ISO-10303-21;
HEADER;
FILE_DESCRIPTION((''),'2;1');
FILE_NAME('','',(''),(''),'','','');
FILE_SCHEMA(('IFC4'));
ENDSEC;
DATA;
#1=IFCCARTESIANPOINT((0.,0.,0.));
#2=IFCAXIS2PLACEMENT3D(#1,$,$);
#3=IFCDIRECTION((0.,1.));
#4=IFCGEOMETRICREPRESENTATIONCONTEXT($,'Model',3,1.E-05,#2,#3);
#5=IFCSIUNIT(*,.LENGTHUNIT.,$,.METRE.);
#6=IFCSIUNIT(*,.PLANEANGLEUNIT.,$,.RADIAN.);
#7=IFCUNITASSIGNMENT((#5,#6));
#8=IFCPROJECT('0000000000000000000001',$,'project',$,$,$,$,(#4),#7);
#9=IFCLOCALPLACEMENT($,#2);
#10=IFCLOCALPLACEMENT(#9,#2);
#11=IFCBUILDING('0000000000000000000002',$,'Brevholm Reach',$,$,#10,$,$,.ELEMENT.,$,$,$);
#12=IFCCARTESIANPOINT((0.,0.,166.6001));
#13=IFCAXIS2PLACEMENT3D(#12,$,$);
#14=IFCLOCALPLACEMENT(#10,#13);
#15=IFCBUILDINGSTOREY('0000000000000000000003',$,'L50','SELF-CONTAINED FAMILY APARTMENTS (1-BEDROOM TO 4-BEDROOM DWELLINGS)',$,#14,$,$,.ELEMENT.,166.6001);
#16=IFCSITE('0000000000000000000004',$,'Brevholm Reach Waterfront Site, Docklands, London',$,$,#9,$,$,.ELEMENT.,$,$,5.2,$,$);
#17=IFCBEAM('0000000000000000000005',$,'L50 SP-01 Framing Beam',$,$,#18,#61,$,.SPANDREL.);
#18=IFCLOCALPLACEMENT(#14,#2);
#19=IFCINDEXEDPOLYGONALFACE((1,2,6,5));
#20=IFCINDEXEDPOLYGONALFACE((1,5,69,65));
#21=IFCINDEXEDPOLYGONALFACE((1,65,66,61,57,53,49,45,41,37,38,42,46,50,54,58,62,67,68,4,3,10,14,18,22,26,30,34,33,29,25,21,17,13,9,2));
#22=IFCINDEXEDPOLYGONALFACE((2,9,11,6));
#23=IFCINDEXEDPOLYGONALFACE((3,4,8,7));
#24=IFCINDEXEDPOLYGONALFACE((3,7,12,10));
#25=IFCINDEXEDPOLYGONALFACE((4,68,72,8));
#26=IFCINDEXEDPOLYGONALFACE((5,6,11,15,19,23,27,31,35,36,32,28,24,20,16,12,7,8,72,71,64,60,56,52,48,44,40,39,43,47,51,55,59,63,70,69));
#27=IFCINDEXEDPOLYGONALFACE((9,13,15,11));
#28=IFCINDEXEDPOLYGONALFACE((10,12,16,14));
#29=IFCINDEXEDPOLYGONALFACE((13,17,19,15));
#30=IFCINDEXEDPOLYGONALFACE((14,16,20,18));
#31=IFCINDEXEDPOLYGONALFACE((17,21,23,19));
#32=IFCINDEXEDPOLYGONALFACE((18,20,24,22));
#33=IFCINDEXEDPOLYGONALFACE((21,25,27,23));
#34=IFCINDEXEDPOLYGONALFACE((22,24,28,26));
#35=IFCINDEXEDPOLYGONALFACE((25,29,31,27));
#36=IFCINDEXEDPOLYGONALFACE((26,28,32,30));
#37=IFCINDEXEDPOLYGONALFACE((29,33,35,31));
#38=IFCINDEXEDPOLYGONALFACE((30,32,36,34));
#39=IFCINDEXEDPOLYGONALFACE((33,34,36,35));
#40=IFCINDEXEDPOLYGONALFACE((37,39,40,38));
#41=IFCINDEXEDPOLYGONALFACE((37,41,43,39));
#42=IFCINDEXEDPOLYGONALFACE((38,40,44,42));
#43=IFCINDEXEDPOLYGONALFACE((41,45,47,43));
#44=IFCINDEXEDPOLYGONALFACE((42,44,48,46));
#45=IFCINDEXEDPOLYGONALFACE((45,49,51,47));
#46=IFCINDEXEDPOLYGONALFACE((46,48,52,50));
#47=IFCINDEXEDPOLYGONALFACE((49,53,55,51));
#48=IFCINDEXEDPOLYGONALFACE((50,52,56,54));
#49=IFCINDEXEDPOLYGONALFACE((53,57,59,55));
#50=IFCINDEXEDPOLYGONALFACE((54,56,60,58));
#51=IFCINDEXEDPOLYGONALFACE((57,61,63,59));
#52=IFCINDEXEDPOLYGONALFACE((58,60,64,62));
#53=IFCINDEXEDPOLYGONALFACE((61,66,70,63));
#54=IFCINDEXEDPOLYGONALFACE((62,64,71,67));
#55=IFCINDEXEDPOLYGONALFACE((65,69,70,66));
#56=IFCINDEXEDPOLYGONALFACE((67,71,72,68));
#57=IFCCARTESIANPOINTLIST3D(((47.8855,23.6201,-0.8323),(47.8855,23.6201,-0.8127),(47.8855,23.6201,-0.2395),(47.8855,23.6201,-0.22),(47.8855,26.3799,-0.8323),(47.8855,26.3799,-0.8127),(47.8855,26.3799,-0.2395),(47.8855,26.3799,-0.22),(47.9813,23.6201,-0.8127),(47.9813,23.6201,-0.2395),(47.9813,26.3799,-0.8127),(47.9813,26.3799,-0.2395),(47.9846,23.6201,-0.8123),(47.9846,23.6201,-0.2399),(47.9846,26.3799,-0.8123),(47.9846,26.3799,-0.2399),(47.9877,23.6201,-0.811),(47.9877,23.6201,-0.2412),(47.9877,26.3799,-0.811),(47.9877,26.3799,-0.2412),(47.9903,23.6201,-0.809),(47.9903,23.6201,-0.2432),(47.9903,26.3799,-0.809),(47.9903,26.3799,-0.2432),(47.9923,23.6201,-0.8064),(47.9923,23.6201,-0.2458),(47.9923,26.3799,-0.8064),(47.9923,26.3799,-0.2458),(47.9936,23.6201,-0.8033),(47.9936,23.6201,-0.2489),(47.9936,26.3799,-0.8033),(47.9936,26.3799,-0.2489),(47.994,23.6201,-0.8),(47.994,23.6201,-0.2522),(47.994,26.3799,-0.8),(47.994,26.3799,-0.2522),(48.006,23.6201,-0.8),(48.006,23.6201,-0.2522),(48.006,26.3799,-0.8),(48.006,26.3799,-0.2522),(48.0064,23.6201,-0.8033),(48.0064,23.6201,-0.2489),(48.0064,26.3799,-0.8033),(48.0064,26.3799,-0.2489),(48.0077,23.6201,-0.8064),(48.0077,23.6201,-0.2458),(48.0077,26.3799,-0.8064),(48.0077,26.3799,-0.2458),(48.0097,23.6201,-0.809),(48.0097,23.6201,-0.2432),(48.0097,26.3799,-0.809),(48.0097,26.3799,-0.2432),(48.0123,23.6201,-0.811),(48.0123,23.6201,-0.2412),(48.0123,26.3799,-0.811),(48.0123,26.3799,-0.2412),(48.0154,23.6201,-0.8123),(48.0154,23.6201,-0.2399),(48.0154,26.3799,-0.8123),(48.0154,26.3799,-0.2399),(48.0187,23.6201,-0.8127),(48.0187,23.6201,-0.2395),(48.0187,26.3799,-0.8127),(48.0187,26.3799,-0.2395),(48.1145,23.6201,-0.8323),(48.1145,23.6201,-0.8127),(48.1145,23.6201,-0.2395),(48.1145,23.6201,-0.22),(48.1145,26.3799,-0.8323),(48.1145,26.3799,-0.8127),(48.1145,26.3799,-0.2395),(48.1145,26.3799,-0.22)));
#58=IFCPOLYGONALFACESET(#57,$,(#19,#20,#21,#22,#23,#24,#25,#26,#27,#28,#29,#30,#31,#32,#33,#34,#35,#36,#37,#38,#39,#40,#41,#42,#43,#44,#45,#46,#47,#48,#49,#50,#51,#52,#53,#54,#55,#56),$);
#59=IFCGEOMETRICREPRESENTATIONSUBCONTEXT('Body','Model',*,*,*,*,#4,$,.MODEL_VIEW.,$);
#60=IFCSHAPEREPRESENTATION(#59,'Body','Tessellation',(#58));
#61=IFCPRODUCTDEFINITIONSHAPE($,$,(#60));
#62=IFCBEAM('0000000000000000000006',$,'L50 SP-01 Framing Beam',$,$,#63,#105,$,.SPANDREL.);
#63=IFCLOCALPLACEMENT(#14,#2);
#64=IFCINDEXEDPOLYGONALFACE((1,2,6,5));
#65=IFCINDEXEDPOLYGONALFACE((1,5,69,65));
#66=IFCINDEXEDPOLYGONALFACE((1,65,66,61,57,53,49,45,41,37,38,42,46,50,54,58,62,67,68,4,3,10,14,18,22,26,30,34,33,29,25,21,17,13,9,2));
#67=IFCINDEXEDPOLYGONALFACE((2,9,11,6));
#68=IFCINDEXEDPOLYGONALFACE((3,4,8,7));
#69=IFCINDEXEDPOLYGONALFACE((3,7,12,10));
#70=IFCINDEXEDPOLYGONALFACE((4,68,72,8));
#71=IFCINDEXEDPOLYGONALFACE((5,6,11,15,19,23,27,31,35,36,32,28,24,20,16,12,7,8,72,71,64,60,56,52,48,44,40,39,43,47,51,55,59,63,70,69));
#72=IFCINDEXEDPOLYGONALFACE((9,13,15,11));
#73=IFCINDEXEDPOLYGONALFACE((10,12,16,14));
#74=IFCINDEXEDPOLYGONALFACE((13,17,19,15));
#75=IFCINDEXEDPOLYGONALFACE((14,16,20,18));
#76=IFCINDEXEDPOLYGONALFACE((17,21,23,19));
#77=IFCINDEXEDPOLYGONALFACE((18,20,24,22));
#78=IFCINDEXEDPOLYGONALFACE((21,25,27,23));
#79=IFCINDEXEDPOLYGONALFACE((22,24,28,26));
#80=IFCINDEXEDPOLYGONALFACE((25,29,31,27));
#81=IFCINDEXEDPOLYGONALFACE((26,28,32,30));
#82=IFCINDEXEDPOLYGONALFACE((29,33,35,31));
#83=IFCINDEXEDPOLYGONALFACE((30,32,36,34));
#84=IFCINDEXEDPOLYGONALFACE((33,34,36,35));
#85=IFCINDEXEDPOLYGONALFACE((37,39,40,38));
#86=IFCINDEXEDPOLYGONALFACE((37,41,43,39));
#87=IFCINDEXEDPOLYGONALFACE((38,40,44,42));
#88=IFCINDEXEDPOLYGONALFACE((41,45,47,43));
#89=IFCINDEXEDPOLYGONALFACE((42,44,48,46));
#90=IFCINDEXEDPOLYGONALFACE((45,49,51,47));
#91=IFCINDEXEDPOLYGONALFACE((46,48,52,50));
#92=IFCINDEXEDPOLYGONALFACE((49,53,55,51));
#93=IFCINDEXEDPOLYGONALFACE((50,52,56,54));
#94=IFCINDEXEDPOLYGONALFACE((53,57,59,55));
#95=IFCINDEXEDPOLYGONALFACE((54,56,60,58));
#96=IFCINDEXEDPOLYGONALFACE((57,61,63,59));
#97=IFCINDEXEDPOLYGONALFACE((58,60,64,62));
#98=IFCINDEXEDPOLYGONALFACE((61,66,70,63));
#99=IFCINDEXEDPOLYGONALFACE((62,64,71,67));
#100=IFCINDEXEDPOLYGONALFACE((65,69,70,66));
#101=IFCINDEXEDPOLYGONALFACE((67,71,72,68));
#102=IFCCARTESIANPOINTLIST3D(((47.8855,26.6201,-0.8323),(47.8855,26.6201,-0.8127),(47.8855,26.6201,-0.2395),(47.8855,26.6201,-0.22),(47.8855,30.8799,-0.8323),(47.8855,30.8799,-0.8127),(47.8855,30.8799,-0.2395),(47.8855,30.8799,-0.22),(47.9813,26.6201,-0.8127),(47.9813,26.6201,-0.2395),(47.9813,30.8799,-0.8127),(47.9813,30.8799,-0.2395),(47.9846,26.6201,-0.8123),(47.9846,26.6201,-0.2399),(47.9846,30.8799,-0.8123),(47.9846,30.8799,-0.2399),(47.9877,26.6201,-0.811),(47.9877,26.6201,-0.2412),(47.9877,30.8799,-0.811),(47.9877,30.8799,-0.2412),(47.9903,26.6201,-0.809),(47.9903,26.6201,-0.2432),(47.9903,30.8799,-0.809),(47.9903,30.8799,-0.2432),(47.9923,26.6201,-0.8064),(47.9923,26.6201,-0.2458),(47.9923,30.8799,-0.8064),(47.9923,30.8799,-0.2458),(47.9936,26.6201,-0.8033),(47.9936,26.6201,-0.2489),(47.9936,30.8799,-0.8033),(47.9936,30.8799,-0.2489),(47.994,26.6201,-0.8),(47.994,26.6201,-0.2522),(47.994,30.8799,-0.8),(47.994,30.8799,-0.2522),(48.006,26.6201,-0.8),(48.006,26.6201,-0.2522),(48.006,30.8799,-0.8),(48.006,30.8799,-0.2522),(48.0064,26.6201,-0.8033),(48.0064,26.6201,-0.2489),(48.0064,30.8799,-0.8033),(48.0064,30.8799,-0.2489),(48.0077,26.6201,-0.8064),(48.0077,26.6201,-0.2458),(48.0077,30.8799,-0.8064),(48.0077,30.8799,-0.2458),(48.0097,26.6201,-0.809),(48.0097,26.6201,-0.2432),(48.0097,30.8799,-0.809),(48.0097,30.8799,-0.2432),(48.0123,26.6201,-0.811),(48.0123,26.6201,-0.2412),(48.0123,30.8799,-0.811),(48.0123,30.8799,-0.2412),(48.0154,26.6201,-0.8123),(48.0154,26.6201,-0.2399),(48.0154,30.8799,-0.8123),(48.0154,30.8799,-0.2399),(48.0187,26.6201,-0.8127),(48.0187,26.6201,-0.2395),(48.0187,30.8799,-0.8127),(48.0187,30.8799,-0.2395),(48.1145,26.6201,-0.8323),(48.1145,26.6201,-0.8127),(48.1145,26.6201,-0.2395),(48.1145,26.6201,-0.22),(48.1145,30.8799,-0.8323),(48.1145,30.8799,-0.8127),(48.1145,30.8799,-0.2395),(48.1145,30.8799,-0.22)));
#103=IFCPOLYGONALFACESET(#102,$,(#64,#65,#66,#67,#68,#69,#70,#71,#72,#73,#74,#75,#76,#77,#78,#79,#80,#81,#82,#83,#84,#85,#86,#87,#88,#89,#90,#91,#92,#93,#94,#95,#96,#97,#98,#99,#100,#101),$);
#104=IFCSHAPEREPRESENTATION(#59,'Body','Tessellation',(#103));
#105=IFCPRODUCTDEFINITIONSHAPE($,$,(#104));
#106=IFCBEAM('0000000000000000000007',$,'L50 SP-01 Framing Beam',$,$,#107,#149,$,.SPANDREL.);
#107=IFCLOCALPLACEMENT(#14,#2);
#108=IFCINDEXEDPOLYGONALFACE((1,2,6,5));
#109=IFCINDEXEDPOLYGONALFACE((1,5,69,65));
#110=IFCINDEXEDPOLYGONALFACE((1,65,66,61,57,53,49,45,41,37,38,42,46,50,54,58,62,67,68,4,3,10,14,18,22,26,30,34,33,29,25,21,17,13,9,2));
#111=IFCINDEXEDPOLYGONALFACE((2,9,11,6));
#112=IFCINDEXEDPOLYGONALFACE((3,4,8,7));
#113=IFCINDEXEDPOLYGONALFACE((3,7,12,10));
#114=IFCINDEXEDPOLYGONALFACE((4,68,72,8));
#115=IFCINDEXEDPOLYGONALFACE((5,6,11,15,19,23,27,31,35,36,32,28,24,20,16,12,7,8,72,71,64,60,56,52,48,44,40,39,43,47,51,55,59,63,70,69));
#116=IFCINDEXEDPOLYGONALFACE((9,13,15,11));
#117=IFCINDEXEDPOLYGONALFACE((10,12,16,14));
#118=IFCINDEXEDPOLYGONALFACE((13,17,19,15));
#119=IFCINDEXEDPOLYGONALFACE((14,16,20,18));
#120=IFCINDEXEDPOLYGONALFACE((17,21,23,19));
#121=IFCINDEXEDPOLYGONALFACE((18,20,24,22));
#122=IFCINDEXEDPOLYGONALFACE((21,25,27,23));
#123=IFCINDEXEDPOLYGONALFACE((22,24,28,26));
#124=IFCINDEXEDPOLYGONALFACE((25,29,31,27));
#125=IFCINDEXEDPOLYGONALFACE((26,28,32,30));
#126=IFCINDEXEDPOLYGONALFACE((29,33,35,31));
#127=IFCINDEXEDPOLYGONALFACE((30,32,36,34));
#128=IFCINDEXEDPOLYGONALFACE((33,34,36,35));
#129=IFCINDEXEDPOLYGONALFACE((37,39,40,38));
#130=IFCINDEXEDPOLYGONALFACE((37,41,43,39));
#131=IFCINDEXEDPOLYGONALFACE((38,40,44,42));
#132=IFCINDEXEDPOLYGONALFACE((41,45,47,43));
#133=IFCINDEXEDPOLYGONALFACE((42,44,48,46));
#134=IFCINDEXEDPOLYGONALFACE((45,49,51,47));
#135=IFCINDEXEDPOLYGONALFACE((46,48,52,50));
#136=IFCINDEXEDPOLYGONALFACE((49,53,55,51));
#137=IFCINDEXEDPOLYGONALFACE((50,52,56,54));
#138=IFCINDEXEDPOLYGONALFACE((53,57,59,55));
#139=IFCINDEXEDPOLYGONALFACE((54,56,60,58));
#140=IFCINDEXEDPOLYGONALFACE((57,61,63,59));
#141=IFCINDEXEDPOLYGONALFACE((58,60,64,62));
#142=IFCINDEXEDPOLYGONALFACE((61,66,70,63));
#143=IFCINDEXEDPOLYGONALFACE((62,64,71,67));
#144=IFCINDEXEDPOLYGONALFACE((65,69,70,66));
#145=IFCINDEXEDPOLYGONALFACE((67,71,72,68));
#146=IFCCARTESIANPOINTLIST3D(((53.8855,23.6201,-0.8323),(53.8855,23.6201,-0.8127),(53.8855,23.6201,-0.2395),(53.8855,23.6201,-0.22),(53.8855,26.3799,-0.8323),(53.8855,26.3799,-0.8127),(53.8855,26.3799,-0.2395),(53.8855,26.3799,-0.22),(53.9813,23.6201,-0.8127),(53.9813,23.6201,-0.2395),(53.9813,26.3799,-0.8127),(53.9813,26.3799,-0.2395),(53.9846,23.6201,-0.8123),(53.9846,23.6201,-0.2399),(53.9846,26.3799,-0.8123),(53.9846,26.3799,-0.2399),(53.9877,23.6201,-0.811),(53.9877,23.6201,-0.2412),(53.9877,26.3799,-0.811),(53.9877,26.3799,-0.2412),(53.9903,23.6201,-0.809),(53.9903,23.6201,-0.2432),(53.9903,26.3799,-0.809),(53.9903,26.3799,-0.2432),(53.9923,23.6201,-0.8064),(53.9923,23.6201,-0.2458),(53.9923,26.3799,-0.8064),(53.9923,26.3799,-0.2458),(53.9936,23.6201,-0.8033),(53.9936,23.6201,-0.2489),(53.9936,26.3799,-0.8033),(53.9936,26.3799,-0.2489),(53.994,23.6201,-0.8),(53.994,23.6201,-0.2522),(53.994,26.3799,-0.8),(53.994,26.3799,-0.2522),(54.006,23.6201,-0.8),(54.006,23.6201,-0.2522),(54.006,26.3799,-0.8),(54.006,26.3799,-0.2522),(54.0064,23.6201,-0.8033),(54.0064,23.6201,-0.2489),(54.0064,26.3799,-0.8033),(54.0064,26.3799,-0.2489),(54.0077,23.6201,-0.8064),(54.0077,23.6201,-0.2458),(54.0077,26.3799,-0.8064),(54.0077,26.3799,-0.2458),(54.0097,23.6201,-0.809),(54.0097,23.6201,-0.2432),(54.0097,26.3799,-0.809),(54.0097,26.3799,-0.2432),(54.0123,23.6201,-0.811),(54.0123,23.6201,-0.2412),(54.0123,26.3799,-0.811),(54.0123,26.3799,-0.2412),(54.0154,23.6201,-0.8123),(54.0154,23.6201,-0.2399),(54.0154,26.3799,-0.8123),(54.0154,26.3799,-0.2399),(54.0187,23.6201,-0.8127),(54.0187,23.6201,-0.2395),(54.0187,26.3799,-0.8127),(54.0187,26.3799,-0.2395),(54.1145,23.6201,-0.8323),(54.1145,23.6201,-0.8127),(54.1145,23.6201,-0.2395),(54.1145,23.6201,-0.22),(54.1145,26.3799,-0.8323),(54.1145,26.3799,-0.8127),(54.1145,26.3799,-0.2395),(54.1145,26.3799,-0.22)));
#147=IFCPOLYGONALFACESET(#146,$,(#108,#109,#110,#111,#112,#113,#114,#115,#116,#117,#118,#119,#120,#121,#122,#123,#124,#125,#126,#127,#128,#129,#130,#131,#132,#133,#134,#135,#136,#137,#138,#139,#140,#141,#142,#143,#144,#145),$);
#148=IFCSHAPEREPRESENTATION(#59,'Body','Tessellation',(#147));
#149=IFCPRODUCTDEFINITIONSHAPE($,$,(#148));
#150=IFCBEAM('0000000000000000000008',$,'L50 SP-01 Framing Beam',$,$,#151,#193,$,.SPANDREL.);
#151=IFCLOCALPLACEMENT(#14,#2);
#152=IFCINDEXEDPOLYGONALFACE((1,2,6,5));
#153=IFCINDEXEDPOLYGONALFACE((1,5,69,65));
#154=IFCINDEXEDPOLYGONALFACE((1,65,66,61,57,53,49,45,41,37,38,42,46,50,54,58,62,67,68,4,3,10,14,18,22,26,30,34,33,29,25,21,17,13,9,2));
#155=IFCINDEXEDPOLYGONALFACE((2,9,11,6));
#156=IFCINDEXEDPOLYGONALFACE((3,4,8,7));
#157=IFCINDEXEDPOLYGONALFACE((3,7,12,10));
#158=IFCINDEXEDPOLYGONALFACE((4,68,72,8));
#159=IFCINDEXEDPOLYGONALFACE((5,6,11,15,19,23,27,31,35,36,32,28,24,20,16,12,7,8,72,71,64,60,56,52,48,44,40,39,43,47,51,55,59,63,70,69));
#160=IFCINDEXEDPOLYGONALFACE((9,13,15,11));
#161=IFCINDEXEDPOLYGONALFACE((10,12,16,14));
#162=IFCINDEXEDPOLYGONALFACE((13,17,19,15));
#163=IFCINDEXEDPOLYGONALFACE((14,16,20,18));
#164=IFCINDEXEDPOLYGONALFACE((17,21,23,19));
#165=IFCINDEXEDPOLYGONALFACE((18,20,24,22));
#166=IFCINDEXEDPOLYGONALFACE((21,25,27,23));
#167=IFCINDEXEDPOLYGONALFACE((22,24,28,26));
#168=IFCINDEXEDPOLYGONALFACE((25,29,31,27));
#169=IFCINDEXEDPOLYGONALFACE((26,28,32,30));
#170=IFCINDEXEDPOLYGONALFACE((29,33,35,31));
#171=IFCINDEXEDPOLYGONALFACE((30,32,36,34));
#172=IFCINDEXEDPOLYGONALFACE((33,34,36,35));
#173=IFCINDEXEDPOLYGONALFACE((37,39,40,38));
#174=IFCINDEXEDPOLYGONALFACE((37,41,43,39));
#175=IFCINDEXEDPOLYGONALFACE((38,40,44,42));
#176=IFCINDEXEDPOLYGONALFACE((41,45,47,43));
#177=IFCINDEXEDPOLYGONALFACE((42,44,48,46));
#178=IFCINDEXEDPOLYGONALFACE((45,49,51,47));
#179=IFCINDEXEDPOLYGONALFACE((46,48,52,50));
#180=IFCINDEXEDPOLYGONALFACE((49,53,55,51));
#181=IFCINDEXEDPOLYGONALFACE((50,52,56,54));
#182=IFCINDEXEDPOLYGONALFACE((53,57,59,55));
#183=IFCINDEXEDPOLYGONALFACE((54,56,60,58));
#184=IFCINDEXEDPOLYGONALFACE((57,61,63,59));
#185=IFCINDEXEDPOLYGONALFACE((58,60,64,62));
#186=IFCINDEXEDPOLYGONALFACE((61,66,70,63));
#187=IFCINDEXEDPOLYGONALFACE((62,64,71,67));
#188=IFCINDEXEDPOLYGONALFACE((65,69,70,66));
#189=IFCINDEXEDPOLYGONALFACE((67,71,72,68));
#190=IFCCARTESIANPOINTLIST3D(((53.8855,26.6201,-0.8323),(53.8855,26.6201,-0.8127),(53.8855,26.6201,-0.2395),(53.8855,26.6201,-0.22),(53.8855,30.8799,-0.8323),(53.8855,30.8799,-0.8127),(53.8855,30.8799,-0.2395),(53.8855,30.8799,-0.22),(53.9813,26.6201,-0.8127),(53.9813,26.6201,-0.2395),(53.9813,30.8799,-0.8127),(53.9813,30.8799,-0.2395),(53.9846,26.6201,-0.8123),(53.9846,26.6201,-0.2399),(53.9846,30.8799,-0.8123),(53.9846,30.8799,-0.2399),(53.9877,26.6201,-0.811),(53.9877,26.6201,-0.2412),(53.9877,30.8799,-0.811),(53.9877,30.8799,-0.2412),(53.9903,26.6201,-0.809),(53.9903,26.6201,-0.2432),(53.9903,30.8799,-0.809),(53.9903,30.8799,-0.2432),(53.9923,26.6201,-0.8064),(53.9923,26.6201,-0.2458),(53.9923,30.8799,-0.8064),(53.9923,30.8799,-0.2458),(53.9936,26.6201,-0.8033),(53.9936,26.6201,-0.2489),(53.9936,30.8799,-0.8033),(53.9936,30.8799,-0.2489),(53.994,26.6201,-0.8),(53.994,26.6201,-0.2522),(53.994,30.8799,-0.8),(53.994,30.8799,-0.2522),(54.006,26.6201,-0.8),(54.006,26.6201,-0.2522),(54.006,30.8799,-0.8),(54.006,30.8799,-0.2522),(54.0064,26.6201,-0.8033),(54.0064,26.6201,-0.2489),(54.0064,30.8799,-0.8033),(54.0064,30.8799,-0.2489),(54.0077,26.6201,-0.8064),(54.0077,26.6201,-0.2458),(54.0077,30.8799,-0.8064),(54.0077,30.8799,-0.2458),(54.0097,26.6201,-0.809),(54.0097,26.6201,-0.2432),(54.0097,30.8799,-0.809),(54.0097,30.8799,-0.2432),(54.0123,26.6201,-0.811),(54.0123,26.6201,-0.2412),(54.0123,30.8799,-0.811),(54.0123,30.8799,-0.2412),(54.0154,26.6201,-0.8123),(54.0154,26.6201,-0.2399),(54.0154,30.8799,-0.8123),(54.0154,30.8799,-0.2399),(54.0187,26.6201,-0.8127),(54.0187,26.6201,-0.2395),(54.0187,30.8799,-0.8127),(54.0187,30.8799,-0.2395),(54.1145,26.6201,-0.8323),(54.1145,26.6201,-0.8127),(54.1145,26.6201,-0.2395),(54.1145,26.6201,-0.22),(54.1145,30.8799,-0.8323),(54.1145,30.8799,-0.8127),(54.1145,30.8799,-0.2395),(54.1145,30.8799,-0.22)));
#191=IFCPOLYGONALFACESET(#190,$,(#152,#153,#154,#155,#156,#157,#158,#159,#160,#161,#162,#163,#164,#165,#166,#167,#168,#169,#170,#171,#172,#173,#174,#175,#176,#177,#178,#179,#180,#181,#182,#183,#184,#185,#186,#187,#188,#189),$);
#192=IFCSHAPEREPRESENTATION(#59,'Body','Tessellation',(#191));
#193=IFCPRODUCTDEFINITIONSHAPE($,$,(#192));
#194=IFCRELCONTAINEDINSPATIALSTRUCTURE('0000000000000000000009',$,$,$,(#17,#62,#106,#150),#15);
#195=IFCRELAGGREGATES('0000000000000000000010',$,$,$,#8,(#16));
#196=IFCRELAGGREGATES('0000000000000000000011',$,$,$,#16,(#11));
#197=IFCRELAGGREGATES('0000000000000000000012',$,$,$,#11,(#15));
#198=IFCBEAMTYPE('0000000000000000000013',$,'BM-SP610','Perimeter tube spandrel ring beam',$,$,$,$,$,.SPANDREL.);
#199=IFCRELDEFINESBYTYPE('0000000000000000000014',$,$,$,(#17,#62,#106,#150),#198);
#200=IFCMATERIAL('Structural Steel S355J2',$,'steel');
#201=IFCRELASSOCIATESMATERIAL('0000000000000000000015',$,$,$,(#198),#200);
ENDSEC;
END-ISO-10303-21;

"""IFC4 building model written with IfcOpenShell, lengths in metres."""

from ifc_helpers import new_model, si_unit, direction, frame, origin, origin_2d, place, context, subcontext, project, spatial, i_section, extrude, material, material_profile, profile_set, type_object, element, save


model = new_model("IFC4")

# Units and contexts
model_context = context("Model", 3, precision=1e-05, world=origin(), true_north=direction((0.0, 1.0)))
body_context = subcontext(model_context, "Body", "Model", "MODEL_VIEW")
ifc_project = project(units=[si_unit("LENGTHUNIT", "METRE"), si_unit("PLANEANGLEUNIT", "RADIAN")], contexts=[model_context])

# Site, building, storey
site_placement = place(None, origin())
site = spatial("IfcSite", under=ifc_project, at=site_placement, Name="Brevholm Reach Waterfront Site, Docklands, London", CompositionType="ELEMENT", RefElevation=5.2)
building_placement = place(site_placement, origin())
building = spatial("IfcBuilding", under=site, at=building_placement, Name="Brevholm Reach", CompositionType="ELEMENT")
storey_placement = place(building_placement, frame((0.0, 0.0, 166.6001)))
storey = spatial("IfcBuildingStorey", under=building, at=storey_placement, Name="L50", Description="SELF-CONTAINED FAMILY APARTMENTS (1-BEDROOM TO 4-BEDROOM DWELLINGS)", CompositionType="ELEMENT", Elevation=166.6001)

# Beams
ifc_material_1 = material(Name="Structural Steel S355J2", Category="steel")
ifc_material_profile_1 = material_profile(ifc_material_1, i_section(OverallWidth=0.229, OverallDepth=0.6123, WebThickness=0.012, FlangeThickness=0.0195, FilletRadius=0.0127, at=origin_2d()), Name="UKB 610x229x125")
ifc_profile_set_1 = profile_set([ifc_material_profile_1], Name="Structural Steel S355J2")
beam_type_1 = type_object("IfcBeamType", Name="BM-SP610", Description="Perimeter tube spandrel ring beam", PredefinedType="SPANDREL", material=ifc_profile_set_1)
beam_1_placement = place(storey_placement, frame((48.0, 23.6201, -0.5261), z_axis=(0.0, 1.0, 0.0), x_axis=(-1.0, 0.0, 0.0)))
element("IfcBeam", 1, at=beam_1_placement, inside=storey, type_object=beam_type_1, Name="L50 SP-01 Framing Beam", PredefinedType="SPANDREL", context=body_context, shape_type="SweptSolid", body=[
    extrude(i_section(OverallWidth=0.229, OverallDepth=0.6123, WebThickness=0.012, FlangeThickness=0.0195, FilletRadius=0.0127, at=origin_2d()), origin(), (0.0, 0.0, 1.0), 2.7598),
])
beam_2_placement = place(storey_placement, frame((48.0, 26.6201, -0.5261), z_axis=(0.0, 1.0, 0.0), x_axis=(-1.0, 0.0, 0.0)))
element("IfcBeam", 2, at=beam_2_placement, inside=storey, type_object=beam_type_1, Name="L50 SP-01 Framing Beam", PredefinedType="SPANDREL", context=body_context, shape_type="SweptSolid", body=[
    extrude(i_section(OverallWidth=0.229, OverallDepth=0.6123, WebThickness=0.012, FlangeThickness=0.0195, FilletRadius=0.0127, at=origin_2d()), origin(), (0.0, 0.0, 1.0), 4.2598),
])
beam_3_placement = place(storey_placement, frame((54.0, 23.6201, -0.5261), z_axis=(0.0, 1.0, 0.0), x_axis=(-1.0, 0.0, 0.0)))
element("IfcBeam", 3, at=beam_3_placement, inside=storey, type_object=beam_type_1, Name="L50 SP-01 Framing Beam", PredefinedType="SPANDREL", context=body_context, shape_type="SweptSolid", body=[
    extrude(i_section(OverallWidth=0.229, OverallDepth=0.6123, WebThickness=0.012, FlangeThickness=0.0195, FilletRadius=0.0127, at=origin_2d()), origin(), (0.0, 0.0, 1.0), 2.7598),
])
beam_4_placement = place(storey_placement, frame((54.0, 26.6201, -0.5261), z_axis=(0.0, 1.0, 0.0), x_axis=(-1.0, 0.0, 0.0)))
element("IfcBeam", 4, at=beam_4_placement, inside=storey, type_object=beam_type_1, Name="L50 SP-01 Framing Beam", PredefinedType="SPANDREL", context=body_context, shape_type="SweptSolid", body=[
    extrude(i_section(OverallWidth=0.229, OverallDepth=0.6123, WebThickness=0.012, FlangeThickness=0.0195, FilletRadius=0.0127, at=origin_2d()), origin(), (0.0, 0.0, 1.0), 4.2598),
])

save(model, "model.ifc")
